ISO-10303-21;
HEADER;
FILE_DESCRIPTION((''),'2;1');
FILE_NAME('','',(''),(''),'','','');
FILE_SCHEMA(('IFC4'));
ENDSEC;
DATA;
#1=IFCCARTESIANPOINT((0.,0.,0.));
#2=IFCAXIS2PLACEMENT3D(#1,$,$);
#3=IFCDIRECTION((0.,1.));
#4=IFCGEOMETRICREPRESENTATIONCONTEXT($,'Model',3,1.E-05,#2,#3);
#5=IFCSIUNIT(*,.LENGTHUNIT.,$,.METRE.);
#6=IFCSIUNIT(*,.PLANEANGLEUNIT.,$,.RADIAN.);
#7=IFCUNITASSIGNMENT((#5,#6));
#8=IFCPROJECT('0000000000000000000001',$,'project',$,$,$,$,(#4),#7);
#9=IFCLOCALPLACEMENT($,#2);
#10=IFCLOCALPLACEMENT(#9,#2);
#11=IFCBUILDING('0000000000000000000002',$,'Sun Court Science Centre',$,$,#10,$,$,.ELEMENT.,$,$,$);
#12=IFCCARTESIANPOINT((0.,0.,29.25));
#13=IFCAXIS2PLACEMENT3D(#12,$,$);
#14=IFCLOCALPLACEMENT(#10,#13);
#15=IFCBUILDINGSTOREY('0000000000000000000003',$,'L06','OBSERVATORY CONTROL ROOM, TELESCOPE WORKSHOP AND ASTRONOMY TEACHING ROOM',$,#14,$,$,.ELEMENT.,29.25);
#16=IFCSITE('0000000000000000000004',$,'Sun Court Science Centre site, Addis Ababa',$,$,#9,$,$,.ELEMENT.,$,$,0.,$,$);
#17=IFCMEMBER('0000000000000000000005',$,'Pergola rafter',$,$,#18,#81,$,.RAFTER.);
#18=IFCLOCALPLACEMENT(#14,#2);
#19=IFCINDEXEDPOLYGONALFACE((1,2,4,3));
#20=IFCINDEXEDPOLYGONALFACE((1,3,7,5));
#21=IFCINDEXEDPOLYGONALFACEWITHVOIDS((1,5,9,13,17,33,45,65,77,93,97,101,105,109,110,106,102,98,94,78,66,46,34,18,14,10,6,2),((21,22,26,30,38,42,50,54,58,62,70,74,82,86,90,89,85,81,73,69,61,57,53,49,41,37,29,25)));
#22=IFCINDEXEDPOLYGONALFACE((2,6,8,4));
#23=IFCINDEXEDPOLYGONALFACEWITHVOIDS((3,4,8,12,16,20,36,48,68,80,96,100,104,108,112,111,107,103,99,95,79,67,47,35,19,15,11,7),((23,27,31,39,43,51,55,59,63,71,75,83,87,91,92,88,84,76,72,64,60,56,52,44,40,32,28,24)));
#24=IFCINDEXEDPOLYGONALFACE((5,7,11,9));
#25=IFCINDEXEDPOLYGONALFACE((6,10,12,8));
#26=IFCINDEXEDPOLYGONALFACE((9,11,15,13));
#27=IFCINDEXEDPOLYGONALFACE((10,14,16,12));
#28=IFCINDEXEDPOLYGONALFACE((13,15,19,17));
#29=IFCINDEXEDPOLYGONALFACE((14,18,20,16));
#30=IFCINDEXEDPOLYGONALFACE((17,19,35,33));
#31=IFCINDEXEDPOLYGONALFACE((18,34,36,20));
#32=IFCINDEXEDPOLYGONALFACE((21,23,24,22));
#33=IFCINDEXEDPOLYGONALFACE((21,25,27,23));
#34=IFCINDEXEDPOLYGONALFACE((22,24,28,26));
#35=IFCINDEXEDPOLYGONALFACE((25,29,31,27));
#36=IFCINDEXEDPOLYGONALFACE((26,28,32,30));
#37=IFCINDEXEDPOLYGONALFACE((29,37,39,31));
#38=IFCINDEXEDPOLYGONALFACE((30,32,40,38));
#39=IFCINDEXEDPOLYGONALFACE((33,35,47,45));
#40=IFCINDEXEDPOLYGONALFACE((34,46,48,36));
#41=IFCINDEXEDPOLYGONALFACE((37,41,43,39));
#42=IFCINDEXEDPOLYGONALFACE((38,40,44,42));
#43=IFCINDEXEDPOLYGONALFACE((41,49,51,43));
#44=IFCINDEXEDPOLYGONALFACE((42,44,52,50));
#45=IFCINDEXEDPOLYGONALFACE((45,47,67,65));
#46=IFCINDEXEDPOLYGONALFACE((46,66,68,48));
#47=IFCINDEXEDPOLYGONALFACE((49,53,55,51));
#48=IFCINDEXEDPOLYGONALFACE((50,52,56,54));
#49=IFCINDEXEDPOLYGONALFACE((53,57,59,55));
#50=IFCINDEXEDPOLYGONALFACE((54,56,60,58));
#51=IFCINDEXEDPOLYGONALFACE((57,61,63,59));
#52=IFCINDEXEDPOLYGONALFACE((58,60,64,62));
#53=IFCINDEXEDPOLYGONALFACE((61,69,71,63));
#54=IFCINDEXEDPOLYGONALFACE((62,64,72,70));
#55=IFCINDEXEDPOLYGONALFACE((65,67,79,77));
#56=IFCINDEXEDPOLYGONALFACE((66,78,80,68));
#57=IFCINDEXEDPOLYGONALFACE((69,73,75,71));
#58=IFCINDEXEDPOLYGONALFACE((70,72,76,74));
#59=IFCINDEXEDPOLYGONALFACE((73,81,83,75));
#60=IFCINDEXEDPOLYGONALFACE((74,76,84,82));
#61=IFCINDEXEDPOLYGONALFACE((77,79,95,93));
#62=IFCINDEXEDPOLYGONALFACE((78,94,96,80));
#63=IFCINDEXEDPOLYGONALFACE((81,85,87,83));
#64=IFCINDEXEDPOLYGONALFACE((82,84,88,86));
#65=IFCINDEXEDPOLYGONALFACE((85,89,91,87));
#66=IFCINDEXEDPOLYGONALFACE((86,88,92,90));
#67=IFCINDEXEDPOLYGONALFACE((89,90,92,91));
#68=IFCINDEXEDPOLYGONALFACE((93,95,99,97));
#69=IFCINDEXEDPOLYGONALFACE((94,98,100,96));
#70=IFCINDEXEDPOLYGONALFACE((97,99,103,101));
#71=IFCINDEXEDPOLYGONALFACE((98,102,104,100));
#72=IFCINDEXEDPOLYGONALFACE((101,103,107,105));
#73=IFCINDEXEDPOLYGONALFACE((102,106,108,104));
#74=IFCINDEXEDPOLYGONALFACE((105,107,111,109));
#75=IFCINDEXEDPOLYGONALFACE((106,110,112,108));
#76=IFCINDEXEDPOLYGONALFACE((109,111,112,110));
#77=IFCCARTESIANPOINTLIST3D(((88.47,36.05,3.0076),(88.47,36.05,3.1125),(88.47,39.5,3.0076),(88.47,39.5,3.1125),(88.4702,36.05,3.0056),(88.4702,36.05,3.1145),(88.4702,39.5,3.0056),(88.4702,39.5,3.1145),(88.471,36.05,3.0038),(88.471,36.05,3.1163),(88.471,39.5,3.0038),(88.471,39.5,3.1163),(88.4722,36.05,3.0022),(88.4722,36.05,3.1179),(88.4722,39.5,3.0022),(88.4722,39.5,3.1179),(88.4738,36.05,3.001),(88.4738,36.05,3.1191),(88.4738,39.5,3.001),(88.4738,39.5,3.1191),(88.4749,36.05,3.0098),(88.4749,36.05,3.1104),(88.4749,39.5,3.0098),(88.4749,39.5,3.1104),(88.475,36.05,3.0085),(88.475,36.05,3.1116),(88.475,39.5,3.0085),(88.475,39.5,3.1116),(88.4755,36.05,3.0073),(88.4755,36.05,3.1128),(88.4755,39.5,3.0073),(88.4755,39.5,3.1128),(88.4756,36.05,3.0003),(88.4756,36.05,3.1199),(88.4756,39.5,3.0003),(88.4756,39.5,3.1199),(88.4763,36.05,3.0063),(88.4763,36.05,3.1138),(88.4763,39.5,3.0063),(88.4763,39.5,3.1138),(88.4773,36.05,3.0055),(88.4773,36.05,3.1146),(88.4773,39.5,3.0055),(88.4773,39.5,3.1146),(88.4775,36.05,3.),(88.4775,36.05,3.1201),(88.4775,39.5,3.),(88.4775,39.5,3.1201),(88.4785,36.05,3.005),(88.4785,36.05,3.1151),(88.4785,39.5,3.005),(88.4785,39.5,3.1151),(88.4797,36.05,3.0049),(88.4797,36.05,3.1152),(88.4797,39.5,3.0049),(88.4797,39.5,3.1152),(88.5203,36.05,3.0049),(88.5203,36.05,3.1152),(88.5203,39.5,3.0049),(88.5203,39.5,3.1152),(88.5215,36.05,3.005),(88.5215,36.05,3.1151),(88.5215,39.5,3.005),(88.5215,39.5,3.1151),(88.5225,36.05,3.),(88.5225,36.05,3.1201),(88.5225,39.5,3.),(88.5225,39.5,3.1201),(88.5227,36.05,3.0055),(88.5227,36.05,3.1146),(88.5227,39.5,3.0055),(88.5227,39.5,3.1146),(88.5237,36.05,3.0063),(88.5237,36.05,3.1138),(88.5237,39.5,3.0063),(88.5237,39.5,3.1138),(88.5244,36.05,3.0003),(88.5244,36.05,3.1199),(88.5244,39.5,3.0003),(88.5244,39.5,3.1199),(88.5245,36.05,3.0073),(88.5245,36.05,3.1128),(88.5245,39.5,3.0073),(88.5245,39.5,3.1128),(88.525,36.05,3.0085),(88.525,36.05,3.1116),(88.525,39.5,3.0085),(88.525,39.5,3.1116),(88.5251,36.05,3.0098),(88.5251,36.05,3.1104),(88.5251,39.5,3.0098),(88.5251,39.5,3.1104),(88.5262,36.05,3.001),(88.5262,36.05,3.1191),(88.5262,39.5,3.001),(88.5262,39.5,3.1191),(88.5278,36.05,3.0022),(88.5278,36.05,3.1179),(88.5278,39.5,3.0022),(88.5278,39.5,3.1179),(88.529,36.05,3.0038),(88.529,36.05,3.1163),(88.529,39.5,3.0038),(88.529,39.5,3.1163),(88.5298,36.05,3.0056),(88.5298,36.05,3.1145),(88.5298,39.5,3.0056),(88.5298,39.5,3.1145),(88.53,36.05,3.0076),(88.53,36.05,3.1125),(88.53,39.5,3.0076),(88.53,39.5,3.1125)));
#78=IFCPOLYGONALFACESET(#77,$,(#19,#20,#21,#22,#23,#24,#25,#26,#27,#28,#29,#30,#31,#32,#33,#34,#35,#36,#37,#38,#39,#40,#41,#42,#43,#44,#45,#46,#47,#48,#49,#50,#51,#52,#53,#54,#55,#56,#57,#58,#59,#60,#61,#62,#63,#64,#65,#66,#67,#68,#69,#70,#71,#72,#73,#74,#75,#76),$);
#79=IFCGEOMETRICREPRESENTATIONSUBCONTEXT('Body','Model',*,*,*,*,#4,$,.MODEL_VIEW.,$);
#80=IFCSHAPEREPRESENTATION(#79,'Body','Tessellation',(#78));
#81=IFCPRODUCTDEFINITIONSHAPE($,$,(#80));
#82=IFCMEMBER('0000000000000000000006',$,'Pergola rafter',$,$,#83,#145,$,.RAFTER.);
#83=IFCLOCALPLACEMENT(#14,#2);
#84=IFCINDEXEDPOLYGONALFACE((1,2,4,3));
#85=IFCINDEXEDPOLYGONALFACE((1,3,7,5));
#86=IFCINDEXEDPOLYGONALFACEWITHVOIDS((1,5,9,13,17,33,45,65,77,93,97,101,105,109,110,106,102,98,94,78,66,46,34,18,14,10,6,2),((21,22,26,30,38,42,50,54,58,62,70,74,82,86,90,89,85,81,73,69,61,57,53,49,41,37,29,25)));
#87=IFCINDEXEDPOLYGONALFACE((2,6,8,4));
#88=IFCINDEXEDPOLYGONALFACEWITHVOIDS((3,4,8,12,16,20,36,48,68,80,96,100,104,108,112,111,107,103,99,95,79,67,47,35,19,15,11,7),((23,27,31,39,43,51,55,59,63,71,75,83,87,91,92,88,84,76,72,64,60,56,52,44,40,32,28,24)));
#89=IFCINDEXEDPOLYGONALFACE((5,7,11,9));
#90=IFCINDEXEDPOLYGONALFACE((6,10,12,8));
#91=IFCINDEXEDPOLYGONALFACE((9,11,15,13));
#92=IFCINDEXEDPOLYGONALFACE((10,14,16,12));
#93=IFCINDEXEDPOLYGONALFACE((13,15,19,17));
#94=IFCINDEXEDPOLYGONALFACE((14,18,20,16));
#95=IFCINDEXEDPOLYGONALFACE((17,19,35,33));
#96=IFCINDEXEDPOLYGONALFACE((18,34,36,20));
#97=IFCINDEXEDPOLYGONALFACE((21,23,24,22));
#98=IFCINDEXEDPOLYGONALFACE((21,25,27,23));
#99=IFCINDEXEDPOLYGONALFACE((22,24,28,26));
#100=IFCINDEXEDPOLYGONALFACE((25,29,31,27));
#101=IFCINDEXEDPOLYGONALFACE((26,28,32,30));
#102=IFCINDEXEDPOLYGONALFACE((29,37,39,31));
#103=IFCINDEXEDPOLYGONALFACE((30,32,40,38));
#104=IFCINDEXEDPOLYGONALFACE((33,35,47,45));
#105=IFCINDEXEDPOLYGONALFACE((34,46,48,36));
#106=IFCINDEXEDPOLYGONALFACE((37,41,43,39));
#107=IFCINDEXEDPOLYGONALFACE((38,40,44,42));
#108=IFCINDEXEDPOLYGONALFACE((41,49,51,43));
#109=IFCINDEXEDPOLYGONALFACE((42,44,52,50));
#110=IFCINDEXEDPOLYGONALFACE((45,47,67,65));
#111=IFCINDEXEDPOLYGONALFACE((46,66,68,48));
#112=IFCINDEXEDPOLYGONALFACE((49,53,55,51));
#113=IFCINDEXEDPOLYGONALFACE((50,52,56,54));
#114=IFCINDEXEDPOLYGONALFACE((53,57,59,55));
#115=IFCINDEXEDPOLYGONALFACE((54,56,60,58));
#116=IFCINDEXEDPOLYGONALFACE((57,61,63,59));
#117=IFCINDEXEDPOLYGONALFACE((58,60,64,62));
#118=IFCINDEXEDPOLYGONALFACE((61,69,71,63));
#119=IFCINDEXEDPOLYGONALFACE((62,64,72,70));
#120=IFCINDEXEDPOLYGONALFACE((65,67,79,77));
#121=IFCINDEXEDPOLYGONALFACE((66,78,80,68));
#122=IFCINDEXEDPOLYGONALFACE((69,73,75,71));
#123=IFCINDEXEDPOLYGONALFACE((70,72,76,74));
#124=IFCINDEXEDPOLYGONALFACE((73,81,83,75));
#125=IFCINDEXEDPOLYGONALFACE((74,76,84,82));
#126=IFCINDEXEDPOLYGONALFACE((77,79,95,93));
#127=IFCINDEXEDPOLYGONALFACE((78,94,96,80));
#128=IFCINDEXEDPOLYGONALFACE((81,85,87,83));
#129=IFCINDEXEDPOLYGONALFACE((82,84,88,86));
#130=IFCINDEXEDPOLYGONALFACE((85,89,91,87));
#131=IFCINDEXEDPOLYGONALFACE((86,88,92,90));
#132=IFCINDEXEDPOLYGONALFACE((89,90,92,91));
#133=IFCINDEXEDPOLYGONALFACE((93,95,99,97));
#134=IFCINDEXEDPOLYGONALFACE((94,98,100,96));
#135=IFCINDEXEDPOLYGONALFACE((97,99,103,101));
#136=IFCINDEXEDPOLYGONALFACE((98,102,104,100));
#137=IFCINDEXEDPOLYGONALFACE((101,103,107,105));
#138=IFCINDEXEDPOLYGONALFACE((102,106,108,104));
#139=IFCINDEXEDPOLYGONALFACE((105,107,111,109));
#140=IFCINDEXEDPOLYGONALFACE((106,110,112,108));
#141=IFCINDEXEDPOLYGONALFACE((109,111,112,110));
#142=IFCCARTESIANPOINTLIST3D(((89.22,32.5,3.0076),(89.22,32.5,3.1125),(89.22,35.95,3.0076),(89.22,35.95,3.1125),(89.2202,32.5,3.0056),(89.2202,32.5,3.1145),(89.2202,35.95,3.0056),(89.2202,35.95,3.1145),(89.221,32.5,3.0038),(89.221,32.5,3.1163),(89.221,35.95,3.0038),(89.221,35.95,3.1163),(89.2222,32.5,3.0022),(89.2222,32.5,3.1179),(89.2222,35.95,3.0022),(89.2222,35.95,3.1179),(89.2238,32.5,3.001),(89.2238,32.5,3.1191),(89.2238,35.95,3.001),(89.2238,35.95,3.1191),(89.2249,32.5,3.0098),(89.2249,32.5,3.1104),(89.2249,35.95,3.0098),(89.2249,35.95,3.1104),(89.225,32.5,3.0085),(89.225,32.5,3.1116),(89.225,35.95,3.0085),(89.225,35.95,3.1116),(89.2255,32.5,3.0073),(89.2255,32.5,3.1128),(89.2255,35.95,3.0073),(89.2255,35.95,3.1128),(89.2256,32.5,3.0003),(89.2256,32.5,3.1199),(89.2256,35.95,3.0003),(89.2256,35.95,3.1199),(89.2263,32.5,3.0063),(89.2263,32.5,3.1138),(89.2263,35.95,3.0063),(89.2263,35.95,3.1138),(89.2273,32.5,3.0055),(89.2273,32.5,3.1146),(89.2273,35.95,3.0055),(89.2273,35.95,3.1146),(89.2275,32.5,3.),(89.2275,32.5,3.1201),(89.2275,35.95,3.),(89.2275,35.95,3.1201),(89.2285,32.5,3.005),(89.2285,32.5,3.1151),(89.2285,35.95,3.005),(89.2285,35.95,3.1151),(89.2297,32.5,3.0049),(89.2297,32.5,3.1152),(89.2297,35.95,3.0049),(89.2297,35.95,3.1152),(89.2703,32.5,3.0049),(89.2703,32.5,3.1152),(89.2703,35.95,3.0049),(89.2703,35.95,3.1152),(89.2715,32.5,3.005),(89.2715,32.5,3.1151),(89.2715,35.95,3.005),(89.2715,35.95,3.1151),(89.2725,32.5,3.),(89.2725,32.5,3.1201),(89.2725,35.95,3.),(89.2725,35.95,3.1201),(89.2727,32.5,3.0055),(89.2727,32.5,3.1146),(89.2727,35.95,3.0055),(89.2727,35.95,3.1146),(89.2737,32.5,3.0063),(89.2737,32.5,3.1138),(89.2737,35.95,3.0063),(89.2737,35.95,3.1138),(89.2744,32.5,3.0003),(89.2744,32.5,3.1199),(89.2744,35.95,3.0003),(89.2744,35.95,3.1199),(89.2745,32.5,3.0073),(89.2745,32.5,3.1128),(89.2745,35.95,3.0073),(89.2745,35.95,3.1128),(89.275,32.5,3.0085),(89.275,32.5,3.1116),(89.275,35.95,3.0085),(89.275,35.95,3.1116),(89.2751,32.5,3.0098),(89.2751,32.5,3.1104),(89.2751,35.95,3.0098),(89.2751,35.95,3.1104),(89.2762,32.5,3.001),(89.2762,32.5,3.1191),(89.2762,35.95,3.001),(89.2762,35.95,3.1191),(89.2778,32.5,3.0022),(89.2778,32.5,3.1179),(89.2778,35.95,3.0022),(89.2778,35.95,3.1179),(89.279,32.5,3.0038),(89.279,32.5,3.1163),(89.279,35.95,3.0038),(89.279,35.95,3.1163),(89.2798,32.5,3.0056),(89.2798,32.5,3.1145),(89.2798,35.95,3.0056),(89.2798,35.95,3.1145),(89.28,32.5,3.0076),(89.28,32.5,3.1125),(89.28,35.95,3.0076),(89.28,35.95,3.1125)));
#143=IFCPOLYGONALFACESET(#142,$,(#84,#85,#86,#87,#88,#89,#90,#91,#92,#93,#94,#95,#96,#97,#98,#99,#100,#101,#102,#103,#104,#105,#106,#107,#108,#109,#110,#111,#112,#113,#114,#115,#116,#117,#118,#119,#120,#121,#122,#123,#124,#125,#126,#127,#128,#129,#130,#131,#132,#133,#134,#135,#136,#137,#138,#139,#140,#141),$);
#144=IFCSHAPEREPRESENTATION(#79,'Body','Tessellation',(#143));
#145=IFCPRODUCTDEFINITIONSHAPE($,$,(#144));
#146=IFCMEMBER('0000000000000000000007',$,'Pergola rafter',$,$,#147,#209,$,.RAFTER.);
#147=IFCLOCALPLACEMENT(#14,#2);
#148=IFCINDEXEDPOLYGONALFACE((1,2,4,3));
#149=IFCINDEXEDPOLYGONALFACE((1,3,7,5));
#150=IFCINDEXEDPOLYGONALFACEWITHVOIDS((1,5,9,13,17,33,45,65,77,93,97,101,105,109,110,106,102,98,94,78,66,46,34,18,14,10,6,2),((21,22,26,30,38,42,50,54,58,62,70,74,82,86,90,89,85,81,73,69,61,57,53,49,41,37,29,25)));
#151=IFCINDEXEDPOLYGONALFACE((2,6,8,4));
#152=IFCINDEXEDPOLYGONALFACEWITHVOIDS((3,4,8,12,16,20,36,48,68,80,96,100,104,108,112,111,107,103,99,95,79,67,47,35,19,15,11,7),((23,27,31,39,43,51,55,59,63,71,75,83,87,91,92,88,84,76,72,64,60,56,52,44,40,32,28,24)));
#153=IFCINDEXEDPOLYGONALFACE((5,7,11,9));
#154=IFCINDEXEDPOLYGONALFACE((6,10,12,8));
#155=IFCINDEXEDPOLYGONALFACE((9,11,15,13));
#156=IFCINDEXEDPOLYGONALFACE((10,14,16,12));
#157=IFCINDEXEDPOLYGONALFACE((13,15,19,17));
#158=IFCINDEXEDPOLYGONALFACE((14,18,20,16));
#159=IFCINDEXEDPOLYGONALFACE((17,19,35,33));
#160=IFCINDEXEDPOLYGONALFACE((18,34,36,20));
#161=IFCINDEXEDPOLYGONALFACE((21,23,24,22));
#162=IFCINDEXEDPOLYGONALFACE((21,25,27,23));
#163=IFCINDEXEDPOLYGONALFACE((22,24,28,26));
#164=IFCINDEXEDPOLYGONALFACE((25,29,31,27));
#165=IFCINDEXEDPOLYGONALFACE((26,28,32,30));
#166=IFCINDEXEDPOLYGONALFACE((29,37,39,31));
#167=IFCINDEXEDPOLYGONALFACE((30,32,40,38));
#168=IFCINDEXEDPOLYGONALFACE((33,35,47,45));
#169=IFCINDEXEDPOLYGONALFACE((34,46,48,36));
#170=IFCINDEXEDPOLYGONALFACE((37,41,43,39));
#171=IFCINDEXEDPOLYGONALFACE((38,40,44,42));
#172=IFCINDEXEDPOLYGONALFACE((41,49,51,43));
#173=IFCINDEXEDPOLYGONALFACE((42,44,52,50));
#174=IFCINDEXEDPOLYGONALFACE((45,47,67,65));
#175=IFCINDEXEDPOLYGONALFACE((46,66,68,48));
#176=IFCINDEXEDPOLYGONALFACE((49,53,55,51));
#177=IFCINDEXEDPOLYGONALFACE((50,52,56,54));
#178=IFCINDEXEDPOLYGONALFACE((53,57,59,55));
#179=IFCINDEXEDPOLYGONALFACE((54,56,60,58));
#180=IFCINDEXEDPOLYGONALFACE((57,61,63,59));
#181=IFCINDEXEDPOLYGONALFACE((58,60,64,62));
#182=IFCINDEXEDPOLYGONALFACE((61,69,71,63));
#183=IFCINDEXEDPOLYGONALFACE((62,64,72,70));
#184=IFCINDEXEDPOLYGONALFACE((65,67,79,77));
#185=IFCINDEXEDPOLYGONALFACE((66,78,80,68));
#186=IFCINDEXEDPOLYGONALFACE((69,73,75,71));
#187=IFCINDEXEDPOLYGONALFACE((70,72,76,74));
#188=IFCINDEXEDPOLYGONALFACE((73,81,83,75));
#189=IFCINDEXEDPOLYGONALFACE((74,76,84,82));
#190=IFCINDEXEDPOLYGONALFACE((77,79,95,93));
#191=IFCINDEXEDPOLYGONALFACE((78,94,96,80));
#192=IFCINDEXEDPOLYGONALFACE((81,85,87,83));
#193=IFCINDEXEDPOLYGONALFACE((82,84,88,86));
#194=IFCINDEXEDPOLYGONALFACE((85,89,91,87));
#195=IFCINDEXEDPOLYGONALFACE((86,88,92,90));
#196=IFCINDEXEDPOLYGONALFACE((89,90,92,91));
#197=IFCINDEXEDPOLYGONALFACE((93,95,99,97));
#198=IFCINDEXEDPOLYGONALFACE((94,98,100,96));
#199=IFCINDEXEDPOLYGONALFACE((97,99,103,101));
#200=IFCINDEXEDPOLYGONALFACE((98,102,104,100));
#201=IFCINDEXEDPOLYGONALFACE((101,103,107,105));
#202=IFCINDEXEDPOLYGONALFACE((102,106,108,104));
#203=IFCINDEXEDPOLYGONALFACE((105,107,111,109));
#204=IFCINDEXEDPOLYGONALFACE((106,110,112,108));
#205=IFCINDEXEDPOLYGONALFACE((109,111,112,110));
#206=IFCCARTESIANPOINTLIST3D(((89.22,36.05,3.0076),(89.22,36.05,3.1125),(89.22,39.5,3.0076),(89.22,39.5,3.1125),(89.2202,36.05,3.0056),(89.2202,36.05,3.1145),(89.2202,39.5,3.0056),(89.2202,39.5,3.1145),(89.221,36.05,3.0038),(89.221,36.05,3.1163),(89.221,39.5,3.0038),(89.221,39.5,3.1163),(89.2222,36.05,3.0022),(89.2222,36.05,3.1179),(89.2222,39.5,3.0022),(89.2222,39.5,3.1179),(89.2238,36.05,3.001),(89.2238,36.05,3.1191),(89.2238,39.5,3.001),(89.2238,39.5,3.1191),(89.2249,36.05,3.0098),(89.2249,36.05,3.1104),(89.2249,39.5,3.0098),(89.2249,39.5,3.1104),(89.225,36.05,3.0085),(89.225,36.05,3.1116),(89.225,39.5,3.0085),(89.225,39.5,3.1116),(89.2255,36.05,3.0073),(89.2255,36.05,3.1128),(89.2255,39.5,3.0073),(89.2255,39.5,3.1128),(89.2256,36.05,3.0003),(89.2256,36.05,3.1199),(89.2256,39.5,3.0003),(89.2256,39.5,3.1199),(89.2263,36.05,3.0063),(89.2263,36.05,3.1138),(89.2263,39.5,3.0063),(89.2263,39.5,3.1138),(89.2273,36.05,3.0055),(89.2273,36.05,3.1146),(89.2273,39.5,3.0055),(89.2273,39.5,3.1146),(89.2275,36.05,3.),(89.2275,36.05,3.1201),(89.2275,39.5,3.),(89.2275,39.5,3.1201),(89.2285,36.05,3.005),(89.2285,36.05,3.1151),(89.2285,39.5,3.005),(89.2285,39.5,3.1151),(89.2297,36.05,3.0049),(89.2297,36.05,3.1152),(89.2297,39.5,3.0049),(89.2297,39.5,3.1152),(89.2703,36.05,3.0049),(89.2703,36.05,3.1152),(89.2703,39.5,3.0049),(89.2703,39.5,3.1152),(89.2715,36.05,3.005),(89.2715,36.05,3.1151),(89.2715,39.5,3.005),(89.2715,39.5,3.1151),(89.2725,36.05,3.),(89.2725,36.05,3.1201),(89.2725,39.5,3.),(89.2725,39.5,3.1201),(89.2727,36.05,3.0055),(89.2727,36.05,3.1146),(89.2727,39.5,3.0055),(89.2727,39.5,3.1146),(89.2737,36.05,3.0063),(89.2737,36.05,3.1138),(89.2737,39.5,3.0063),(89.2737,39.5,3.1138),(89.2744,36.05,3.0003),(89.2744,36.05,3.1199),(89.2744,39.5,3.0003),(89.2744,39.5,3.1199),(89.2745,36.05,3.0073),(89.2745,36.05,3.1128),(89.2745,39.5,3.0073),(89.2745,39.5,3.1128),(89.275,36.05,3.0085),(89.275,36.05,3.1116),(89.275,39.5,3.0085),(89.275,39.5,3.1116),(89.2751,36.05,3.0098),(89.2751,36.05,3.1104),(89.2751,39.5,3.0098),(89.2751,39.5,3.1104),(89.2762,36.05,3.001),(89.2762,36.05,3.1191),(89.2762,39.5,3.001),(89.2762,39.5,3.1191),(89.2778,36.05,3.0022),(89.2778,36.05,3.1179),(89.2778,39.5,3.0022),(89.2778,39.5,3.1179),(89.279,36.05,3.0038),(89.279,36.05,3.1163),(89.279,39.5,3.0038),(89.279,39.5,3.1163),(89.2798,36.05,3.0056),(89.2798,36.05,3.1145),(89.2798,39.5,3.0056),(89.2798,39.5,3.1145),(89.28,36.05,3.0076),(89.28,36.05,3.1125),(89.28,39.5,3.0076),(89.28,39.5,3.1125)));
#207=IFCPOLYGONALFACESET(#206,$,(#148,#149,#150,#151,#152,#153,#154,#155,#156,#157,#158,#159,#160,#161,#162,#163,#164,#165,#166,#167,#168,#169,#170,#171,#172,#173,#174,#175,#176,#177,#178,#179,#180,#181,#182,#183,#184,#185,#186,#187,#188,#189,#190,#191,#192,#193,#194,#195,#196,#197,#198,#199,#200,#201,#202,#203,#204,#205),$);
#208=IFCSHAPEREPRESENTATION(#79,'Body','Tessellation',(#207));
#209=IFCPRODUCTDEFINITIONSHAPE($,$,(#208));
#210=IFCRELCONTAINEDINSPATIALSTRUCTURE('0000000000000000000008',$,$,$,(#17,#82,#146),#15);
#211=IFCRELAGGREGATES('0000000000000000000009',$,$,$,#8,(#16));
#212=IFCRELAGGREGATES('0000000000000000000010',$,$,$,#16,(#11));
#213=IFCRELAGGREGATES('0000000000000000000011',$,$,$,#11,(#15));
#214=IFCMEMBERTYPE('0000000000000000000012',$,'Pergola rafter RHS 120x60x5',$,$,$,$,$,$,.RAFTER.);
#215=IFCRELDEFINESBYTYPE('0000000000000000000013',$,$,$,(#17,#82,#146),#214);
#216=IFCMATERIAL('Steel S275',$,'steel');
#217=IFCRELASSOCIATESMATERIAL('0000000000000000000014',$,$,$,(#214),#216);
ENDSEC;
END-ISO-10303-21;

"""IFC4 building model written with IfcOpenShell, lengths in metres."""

from ifc_helpers import new_model, si_unit, direction, frame, origin, origin_2d, place, context, subcontext, project, spatial, hollow_rectangle, extrude, material, material_profile, profile_set, type_object, element, save


model = new_model("IFC4")

# Units and contexts
model_context = context("Model", 3, precision=1e-05, world=origin(), true_north=direction((0.0, 1.0)))
body_context = subcontext(model_context, "Body", "Model", "MODEL_VIEW")
ifc_project = project(units=[si_unit("LENGTHUNIT", "METRE"), si_unit("PLANEANGLEUNIT", "RADIAN")], contexts=[model_context])

# Site, building, storey
site_placement = place(None, origin())
site = spatial("IfcSite", under=ifc_project, at=site_placement, Name="Sun Court Science Centre site, Addis Ababa", CompositionType="ELEMENT", RefElevation=0.0)
building_placement = place(site_placement, origin())
building = spatial("IfcBuilding", under=site, at=building_placement, Name="Sun Court Science Centre", CompositionType="ELEMENT")
storey_placement = place(building_placement, frame((0.0, 0.0, 29.25)))
storey = spatial("IfcBuildingStorey", under=building, at=storey_placement, Name="L06", Description="OBSERVATORY CONTROL ROOM, TELESCOPE WORKSHOP AND ASTRONOMY TEACHING ROOM", CompositionType="ELEMENT", Elevation=29.25)

# Members
ifc_material_1 = material(Name="Steel S275", Category="steel")
ifc_material_profile_1 = material_profile(ifc_material_1, hollow_rectangle(XDim=0.0601, YDim=0.1201, WallThickness=0.0049, InnerFilletRadius=0.0049, OuterFilletRadius=0.0076, at=origin_2d()), Name="RHS 120x60x5")
ifc_profile_set_1 = profile_set([ifc_material_profile_1], Name="Steel S275")
member_type_1 = type_object("IfcMemberType", Name="Pergola rafter RHS 120x60x5", PredefinedType="RAFTER", material=ifc_profile_set_1)
for number, where, z_axis, x_axis, name in (
    (1, (88.5, 36.05, 3.0601), (0.0, 1.0, 0.0), (-1.0, 0.0, 0.0), "Pergola rafter"),
    (2, (89.25, 32.5, 3.0601), (0.0, 1.0, 0.0), (-1.0, 0.0, 0.0), "Pergola rafter"),
    (3, (89.25, 36.05, 3.0601), (0.0, 1.0, 0.0), (-1.0, 0.0, 0.0), "Pergola rafter"),
):
    element("IfcMember", number, at=place(storey_placement, frame(where, z_axis=z_axis, x_axis=x_axis)), inside=storey, type_object=member_type_1, Name=name, PredefinedType="RAFTER", context=body_context, shape_type="SweptSolid", body=[
        extrude(hollow_rectangle(XDim=0.0601, YDim=0.1201, WallThickness=0.0049, InnerFilletRadius=0.0049, OuterFilletRadius=0.0076, at=origin_2d()), origin(), (0.0, 0.0, 1.0), 3.45),
    ])

save(model, "model.ifc")
